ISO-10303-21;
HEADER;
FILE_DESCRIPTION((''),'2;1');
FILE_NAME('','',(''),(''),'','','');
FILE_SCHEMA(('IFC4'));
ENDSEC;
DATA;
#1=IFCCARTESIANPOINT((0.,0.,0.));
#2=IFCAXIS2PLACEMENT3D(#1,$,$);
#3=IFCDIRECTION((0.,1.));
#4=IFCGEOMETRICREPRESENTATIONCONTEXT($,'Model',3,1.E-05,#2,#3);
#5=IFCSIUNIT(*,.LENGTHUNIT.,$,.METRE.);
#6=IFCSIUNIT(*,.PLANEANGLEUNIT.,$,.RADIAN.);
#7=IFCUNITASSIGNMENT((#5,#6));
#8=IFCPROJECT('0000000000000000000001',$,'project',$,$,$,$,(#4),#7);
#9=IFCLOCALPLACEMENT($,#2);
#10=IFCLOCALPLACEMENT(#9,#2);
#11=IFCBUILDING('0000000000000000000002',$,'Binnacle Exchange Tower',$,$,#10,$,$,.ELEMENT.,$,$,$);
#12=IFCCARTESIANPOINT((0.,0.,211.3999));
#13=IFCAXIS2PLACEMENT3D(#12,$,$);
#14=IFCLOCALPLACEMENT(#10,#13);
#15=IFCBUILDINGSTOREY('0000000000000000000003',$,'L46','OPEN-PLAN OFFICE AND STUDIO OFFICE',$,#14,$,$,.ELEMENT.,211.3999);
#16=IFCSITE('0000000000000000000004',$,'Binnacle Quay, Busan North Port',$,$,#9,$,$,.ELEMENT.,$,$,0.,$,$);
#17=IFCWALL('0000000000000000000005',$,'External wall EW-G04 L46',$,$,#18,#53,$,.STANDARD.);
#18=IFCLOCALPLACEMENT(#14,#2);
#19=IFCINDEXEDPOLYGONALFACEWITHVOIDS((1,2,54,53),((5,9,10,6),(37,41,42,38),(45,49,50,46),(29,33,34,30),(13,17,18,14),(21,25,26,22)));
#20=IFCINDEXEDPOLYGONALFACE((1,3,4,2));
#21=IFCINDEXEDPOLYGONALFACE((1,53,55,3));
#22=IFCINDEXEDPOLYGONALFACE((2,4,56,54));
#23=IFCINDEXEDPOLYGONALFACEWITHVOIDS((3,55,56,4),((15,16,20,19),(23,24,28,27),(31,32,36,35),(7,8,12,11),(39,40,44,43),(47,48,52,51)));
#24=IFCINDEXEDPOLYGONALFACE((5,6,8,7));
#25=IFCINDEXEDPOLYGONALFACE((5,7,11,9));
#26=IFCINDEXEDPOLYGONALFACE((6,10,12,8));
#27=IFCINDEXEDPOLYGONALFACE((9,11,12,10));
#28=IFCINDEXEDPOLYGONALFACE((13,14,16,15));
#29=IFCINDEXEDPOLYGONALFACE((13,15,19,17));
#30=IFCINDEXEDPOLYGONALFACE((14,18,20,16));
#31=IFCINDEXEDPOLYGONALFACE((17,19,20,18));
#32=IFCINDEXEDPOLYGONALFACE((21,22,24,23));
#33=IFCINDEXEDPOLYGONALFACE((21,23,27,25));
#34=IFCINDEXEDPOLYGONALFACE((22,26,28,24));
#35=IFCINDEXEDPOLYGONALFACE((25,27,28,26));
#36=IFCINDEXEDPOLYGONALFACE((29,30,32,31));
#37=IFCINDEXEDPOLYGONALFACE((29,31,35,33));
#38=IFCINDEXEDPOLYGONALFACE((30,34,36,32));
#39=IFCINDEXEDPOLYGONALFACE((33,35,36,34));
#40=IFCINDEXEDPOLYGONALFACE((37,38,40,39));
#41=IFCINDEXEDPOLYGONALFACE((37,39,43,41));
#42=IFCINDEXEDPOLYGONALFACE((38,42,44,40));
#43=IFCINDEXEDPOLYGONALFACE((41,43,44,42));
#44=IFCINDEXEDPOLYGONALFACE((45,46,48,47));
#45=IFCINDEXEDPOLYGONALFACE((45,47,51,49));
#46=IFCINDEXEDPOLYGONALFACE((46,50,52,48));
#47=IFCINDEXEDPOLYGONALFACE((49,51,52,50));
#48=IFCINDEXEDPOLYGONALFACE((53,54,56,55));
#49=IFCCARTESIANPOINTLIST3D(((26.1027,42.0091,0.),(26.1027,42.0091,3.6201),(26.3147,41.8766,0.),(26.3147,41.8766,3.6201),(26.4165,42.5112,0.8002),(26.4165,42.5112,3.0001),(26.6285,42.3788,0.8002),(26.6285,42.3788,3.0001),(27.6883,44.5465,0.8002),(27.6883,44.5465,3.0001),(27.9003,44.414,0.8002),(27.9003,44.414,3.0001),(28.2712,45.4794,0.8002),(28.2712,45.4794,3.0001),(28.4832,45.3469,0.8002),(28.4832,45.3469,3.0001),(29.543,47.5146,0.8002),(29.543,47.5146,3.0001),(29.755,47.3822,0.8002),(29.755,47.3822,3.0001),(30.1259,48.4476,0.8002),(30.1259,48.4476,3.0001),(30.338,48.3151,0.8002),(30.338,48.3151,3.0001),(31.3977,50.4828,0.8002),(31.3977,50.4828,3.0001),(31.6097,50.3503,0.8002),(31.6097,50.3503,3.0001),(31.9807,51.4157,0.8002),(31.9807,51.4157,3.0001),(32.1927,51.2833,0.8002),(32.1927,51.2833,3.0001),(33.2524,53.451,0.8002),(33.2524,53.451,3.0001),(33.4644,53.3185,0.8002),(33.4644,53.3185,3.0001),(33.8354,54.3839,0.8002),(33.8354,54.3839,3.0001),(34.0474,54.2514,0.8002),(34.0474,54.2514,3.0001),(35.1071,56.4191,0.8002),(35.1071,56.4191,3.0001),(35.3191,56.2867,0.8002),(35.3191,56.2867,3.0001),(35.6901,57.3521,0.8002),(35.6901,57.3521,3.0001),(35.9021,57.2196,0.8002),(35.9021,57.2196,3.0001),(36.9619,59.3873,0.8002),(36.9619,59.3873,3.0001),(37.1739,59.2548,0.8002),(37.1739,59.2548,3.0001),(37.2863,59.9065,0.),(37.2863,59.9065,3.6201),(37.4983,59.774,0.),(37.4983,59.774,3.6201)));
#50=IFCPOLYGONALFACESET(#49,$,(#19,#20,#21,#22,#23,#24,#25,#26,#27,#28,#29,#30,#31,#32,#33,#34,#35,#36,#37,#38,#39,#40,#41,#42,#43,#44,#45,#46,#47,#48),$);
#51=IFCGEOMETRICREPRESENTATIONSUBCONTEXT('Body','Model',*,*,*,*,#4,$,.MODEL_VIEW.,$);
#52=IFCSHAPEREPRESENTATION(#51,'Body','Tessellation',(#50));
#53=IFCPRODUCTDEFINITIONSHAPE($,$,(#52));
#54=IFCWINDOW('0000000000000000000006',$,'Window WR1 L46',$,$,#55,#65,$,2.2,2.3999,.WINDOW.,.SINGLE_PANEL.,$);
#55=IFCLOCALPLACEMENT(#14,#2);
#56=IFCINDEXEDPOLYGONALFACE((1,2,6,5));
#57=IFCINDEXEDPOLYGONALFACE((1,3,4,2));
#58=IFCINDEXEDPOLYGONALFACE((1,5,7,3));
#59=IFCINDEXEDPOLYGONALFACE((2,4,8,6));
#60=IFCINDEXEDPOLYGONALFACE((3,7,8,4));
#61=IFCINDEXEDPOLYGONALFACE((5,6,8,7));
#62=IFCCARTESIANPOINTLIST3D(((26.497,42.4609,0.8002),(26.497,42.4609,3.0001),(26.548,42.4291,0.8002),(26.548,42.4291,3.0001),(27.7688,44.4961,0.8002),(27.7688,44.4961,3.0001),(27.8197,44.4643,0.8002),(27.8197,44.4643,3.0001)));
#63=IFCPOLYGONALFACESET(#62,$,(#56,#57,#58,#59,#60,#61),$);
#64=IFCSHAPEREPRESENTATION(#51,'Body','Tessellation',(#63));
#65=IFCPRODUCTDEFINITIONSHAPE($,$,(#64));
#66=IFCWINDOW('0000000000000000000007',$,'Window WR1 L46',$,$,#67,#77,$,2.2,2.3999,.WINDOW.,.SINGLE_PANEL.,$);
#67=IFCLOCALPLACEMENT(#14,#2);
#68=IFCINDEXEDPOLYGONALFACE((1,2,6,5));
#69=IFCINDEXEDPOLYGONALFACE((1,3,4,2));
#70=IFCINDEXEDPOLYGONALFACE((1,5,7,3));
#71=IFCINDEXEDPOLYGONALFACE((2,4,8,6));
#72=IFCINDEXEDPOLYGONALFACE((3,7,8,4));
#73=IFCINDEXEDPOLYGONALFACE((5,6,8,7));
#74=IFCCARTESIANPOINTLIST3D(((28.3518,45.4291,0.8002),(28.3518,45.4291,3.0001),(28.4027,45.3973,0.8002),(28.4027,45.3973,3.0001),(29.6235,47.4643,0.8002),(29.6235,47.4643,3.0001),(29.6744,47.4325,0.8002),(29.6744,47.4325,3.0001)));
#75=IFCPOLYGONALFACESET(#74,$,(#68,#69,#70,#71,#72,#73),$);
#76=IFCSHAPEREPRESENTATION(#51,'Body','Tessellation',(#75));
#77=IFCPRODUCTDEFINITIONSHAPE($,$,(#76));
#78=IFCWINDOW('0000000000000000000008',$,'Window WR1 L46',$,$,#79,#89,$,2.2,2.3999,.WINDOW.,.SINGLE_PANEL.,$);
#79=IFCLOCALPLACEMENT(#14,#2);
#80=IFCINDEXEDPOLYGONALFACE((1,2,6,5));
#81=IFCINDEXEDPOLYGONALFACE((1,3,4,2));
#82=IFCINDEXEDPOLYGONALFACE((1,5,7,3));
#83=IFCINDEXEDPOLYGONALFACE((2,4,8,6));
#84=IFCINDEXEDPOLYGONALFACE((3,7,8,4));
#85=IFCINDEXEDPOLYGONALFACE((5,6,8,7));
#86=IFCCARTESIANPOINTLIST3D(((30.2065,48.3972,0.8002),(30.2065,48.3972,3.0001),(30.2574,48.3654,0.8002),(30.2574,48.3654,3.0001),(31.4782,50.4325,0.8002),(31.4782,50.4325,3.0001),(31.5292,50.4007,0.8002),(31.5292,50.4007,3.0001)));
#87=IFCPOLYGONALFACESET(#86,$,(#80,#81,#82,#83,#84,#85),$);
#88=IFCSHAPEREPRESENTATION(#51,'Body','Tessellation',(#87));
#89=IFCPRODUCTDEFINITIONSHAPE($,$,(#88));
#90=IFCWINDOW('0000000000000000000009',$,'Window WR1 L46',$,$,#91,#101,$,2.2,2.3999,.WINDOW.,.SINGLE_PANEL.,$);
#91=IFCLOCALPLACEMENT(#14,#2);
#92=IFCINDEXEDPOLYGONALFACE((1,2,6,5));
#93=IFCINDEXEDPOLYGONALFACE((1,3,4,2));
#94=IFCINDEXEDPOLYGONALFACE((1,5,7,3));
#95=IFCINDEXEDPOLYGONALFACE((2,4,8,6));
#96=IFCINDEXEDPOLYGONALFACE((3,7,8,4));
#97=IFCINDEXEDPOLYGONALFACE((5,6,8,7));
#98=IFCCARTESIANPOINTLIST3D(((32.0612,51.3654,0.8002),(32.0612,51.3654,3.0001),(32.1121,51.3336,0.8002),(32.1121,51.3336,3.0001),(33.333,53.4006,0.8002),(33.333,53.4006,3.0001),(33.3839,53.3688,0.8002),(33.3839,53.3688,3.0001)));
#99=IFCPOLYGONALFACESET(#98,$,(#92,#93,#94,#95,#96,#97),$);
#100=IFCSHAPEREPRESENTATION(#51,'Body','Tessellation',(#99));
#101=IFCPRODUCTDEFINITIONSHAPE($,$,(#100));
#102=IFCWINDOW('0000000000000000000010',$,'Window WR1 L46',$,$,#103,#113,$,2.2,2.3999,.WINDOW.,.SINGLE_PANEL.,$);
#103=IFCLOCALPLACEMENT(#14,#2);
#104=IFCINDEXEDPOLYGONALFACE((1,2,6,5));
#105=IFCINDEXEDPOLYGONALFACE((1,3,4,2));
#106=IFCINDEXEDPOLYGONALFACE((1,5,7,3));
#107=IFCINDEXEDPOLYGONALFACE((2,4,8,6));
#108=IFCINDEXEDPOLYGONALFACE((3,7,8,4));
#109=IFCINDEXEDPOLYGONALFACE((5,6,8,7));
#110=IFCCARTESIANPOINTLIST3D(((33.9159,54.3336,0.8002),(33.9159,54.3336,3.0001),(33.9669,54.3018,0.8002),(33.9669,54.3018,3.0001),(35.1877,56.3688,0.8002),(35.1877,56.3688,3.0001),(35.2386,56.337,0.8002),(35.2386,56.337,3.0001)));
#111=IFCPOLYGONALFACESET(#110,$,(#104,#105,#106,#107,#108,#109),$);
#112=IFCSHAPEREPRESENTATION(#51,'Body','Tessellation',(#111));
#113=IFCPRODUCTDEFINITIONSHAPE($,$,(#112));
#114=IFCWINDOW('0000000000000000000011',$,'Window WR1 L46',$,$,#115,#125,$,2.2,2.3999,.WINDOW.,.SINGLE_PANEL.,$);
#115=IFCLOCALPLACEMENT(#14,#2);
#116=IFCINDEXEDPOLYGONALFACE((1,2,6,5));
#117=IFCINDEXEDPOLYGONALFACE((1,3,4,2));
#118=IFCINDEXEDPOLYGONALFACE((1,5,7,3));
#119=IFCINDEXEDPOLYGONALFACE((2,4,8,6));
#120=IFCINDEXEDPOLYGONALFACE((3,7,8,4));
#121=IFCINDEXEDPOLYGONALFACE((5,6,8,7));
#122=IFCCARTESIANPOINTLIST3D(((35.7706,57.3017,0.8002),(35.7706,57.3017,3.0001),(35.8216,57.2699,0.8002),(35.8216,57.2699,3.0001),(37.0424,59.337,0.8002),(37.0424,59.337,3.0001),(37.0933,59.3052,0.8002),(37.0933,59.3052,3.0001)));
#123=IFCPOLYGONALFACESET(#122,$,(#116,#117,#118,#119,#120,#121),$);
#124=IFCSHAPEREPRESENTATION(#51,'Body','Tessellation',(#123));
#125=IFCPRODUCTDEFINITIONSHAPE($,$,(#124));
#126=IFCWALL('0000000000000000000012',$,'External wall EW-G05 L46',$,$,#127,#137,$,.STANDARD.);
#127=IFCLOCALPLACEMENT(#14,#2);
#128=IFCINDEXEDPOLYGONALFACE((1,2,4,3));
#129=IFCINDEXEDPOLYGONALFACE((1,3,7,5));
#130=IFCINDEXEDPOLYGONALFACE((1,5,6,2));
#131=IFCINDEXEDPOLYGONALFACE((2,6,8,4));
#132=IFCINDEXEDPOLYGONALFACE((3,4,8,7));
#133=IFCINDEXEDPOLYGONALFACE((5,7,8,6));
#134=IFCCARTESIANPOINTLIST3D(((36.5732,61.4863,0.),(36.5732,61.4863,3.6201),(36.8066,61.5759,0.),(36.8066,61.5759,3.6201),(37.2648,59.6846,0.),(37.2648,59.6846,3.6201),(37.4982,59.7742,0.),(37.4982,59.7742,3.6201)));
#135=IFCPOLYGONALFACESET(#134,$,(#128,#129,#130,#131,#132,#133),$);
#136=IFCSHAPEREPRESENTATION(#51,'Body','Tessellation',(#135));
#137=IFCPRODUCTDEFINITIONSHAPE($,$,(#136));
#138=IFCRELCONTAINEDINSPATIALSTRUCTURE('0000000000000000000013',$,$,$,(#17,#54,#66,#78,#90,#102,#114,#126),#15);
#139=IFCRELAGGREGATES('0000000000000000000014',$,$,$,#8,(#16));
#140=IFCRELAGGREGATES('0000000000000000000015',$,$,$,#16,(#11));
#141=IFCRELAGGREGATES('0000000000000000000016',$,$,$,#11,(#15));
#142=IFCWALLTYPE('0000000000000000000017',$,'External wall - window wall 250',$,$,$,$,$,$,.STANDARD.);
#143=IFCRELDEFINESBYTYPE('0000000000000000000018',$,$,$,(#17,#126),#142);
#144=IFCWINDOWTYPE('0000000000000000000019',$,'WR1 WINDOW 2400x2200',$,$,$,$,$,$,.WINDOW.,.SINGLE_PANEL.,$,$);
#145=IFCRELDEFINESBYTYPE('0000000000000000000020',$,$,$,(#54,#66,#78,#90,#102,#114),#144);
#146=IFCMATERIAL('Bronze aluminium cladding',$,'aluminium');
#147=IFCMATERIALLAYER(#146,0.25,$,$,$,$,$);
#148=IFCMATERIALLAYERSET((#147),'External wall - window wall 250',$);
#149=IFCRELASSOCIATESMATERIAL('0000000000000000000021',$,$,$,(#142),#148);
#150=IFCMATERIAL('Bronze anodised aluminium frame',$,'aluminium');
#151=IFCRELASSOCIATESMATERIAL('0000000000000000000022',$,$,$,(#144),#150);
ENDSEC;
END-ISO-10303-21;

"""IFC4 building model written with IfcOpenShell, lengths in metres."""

from ifc_helpers import new_model, si_unit, direction, frame, frame_2d, origin, place, context, subcontext, project, spatial, rectangle, extrude, material, layer, layer_set, type_object, element, fill, save


model = new_model("IFC4")

# Units and contexts
model_context = context("Model", 3, precision=1e-05, world=origin(), true_north=direction((0.0, 1.0)))
body_context = subcontext(model_context, "Body", "Model", "MODEL_VIEW")
ifc_project = project(units=[si_unit("LENGTHUNIT", "METRE"), si_unit("PLANEANGLEUNIT", "RADIAN")], contexts=[model_context])

# Site, building, storey
site_placement = place(None, origin())
site = spatial("IfcSite", under=ifc_project, at=site_placement, Name="Binnacle Quay, Busan North Port", CompositionType="ELEMENT", RefElevation=0.0)
building_placement = place(site_placement, origin())
building = spatial("IfcBuilding", under=site, at=building_placement, Name="Binnacle Exchange Tower", CompositionType="ELEMENT")
storey_placement = place(building_placement, frame((0.0, 0.0, 211.3999)))
storey = spatial("IfcBuildingStorey", under=building, at=storey_placement, Name="L46", Description="OPEN-PLAN OFFICE AND STUDIO OFFICE", CompositionType="ELEMENT", Elevation=211.3999)

# Wall, openings, windows
ifc_material_1 = material(Name="Bronze aluminium cladding", Category="aluminium")
ifc_layer_1 = layer(ifc_material_1, 0.25)
ifc_layer_set_1 = layer_set([ifc_layer_1], Name="External wall - window wall 250")
wall_type_1 = type_object("IfcWallType", Name="External wall - window wall 250", PredefinedType="STANDARD", material=ifc_layer_set_1)
wall_1_placement = place(storey_placement, frame((37.3923, 59.8403, 0.0), z_axis=(0.0, 0.0, 1.0), x_axis=(-0.52992, -0.848048, 0.0)))
wall_1 = element("IfcWall", 1, at=wall_1_placement, inside=storey, type_object=wall_type_1, Name="External wall EW-G04 L46", PredefinedType="STANDARD", context=body_context, shape_type="SweptSolid", body=[
    extrude(rectangle(XDim=21.1042, YDim=0.25, at=frame_2d((10.5522, 0.0))), origin(), (0.0, 0.0, 1.0), 3.6201),
])
opening_1_placement = place(wall_1_placement, frame((18.1123, 0.0, 0.8)))
opening_1 = element("IfcOpeningElement", 2, at=opening_1_placement, cuts=wall_1, PredefinedType="OPENING", context=body_context, shape_type="SweptSolid", body=[
    extrude(rectangle(XDim=2.3999, YDim=2.2, at=frame_2d((1.2, 1.1001))), frame((0.0, 0.135, 0.0), z_axis=(0.0, -1.0, 0.0), x_axis=(1.0, 0.0, 0.0)), (0.0, 0.0, 1.0), 0.27),
])
opening_2_placement = place(wall_1_placement, frame((14.6123, 0.0, 0.8)))
opening_2 = element("IfcOpeningElement", 3, at=opening_2_placement, cuts=wall_1, PredefinedType="OPENING", context=body_context, shape_type="SweptSolid", body=[
    extrude(rectangle(XDim=2.3999, YDim=2.2, at=frame_2d((1.2, 1.1001))), frame((0.0, 0.135, 0.0), z_axis=(0.0, -1.0, 0.0), x_axis=(1.0, 0.0, 0.0)), (0.0, 0.0, 1.0), 0.27),
])
opening_3_placement = place(wall_1_placement, frame((11.1123, 0.0, 0.8)))
opening_3 = element("IfcOpeningElement", 4, at=opening_3_placement, cuts=wall_1, PredefinedType="OPENING", context=body_context, shape_type="SweptSolid", body=[
    extrude(rectangle(XDim=2.3999, YDim=2.2, at=frame_2d((1.2, 1.1001))), frame((0.0, 0.135, 0.0), z_axis=(0.0, -1.0, 0.0), x_axis=(1.0, 0.0, 0.0)), (0.0, 0.0, 1.0), 0.27),
])
opening_4_placement = place(wall_1_placement, frame((7.6123, 0.0, 0.8)))
opening_4 = element("IfcOpeningElement", 5, at=opening_4_placement, cuts=wall_1, PredefinedType="OPENING", context=body_context, shape_type="SweptSolid", body=[
    extrude(rectangle(XDim=2.3999, YDim=2.2, at=frame_2d((1.2, 1.1001))), frame((0.0, 0.135, 0.0), z_axis=(0.0, -1.0, 0.0), x_axis=(1.0, 0.0, 0.0)), (0.0, 0.0, 1.0), 0.27),
])
opening_5_placement = place(wall_1_placement, frame((4.1123, 0.0, 0.8)))
opening_5 = element("IfcOpeningElement", 6, at=opening_5_placement, cuts=wall_1, PredefinedType="OPENING", context=body_context, shape_type="SweptSolid", body=[
    extrude(rectangle(XDim=2.3999, YDim=2.2, at=frame_2d((1.2, 1.1001))), frame((0.0, 0.135, 0.0), z_axis=(0.0, -1.0, 0.0), x_axis=(1.0, 0.0, 0.0)), (0.0, 0.0, 1.0), 0.27),
])
opening_6_placement = place(wall_1_placement, frame((0.6123, 0.0, 0.8)))
opening_6 = element("IfcOpeningElement", 7, at=opening_6_placement, cuts=wall_1, PredefinedType="OPENING", context=body_context, shape_type="SweptSolid", body=[
    extrude(rectangle(XDim=2.3999, YDim=2.2, at=frame_2d((1.2, 1.1001))), frame((0.0, 0.135, 0.0), z_axis=(0.0, -1.0, 0.0), x_axis=(1.0, 0.0, 0.0)), (0.0, 0.0, 1.0), 0.27),
])
ifc_material_2 = material(Name="Bronze anodised aluminium frame", Category="aluminium")
window_type = type_object("IfcWindowType", Name="WR1 WINDOW 2400x2200", PartitioningType="SINGLE_PANEL", PredefinedType="WINDOW", material=ifc_material_2)
window_1_placement = place(opening_1_placement, origin())
window_1 = element("IfcWindow", 8, at=window_1_placement, inside=storey, type_object=window_type, Name="Window WR1 L46", OverallHeight=2.2, OverallWidth=2.3999, PartitioningType="SINGLE_PANEL", PredefinedType="WINDOW", context=body_context, shape_type="SweptSolid", body=[
    extrude(rectangle(XDim=2.3999, YDim=2.2, at=frame_2d((1.2, 1.1001))), frame((0.0, 0.03, 0.0), z_axis=(0.0, -1.0, 0.0), x_axis=(1.0, 0.0, 0.0)), (0.0, 0.0, 1.0), 0.0601),
])
fill(opening_1, window_1)
window_2_placement = place(opening_2_placement, origin())
window_2 = element("IfcWindow", 9, at=window_2_placement, inside=storey, type_object=window_type, Name="Window WR1 L46", OverallHeight=2.2, OverallWidth=2.3999, PartitioningType="SINGLE_PANEL", PredefinedType="WINDOW", context=body_context, shape_type="SweptSolid", body=[
    extrude(rectangle(XDim=2.3999, YDim=2.2, at=frame_2d((1.2, 1.1001))), frame((0.0, 0.03, 0.0), z_axis=(0.0, -1.0, 0.0), x_axis=(1.0, 0.0, 0.0)), (0.0, 0.0, 1.0), 0.0601),
])
fill(opening_2, window_2)
window_3_placement = place(opening_3_placement, origin())
window_3 = element("IfcWindow", 10, at=window_3_placement, inside=storey, type_object=window_type, Name="Window WR1 L46", OverallHeight=2.2, OverallWidth=2.3999, PartitioningType="SINGLE_PANEL", PredefinedType="WINDOW", context=body_context, shape_type="SweptSolid", body=[
    extrude(rectangle(XDim=2.3999, YDim=2.2, at=frame_2d((1.2, 1.1001))), frame((0.0, 0.03, 0.0), z_axis=(0.0, -1.0, 0.0), x_axis=(1.0, 0.0, 0.0)), (0.0, 0.0, 1.0), 0.0601),
])
fill(opening_3, window_3)
window_4_placement = place(opening_4_placement, origin())
window_4 = element("IfcWindow", 11, at=window_4_placement, inside=storey, type_object=window_type, Name="Window WR1 L46", OverallHeight=2.2, OverallWidth=2.3999, PartitioningType="SINGLE_PANEL", PredefinedType="WINDOW", context=body_context, shape_type="SweptSolid", body=[
    extrude(rectangle(XDim=2.3999, YDim=2.2, at=frame_2d((1.2, 1.1001))), frame((0.0, 0.03, 0.0), z_axis=(0.0, -1.0, 0.0), x_axis=(1.0, 0.0, 0.0)), (0.0, 0.0, 1.0), 0.0601),
])
fill(opening_4, window_4)
window_5_placement = place(opening_5_placement, origin())
window_5 = element("IfcWindow", 12, at=window_5_placement, inside=storey, type_object=window_type, Name="Window WR1 L46", OverallHeight=2.2, OverallWidth=2.3999, PartitioningType="SINGLE_PANEL", PredefinedType="WINDOW", context=body_context, shape_type="SweptSolid", body=[
    extrude(rectangle(XDim=2.3999, YDim=2.2, at=frame_2d((1.2, 1.1001))), frame((0.0, 0.03, 0.0), z_axis=(0.0, -1.0, 0.0), x_axis=(1.0, 0.0, 0.0)), (0.0, 0.0, 1.0), 0.0601),
])
fill(opening_5, window_5)
window_6_placement = place(opening_6_placement, origin())
window_6 = element("IfcWindow", 13, at=window_6_placement, inside=storey, type_object=window_type, Name="Window WR1 L46", OverallHeight=2.2, OverallWidth=2.3999, PartitioningType="SINGLE_PANEL", PredefinedType="WINDOW", context=body_context, shape_type="SweptSolid", body=[
    extrude(rectangle(XDim=2.3999, YDim=2.2, at=frame_2d((1.2, 1.1001))), frame((0.0, 0.03, 0.0), z_axis=(0.0, -1.0, 0.0), x_axis=(1.0, 0.0, 0.0)), (0.0, 0.0, 1.0), 0.0601),
])
fill(opening_6, window_6)

# Wall
wall_2_placement = place(storey_placement, frame((36.6899, 61.531, 0.0), z_axis=(0.0, 0.0, 1.0), x_axis=(0.358377, -0.933577, 0.0)))
element("IfcWall", 14, at=wall_2_placement, inside=storey, type_object=wall_type_1, Name="External wall EW-G05 L46", PredefinedType="STANDARD", context=body_context, shape_type="SweptSolid", body=[
    extrude(rectangle(XDim=1.9299, YDim=0.25, at=frame_2d((0.9648, 0.0))), origin(), (0.0, 0.0, 1.0), 3.6201),
])

save(model, "model.ifc")
